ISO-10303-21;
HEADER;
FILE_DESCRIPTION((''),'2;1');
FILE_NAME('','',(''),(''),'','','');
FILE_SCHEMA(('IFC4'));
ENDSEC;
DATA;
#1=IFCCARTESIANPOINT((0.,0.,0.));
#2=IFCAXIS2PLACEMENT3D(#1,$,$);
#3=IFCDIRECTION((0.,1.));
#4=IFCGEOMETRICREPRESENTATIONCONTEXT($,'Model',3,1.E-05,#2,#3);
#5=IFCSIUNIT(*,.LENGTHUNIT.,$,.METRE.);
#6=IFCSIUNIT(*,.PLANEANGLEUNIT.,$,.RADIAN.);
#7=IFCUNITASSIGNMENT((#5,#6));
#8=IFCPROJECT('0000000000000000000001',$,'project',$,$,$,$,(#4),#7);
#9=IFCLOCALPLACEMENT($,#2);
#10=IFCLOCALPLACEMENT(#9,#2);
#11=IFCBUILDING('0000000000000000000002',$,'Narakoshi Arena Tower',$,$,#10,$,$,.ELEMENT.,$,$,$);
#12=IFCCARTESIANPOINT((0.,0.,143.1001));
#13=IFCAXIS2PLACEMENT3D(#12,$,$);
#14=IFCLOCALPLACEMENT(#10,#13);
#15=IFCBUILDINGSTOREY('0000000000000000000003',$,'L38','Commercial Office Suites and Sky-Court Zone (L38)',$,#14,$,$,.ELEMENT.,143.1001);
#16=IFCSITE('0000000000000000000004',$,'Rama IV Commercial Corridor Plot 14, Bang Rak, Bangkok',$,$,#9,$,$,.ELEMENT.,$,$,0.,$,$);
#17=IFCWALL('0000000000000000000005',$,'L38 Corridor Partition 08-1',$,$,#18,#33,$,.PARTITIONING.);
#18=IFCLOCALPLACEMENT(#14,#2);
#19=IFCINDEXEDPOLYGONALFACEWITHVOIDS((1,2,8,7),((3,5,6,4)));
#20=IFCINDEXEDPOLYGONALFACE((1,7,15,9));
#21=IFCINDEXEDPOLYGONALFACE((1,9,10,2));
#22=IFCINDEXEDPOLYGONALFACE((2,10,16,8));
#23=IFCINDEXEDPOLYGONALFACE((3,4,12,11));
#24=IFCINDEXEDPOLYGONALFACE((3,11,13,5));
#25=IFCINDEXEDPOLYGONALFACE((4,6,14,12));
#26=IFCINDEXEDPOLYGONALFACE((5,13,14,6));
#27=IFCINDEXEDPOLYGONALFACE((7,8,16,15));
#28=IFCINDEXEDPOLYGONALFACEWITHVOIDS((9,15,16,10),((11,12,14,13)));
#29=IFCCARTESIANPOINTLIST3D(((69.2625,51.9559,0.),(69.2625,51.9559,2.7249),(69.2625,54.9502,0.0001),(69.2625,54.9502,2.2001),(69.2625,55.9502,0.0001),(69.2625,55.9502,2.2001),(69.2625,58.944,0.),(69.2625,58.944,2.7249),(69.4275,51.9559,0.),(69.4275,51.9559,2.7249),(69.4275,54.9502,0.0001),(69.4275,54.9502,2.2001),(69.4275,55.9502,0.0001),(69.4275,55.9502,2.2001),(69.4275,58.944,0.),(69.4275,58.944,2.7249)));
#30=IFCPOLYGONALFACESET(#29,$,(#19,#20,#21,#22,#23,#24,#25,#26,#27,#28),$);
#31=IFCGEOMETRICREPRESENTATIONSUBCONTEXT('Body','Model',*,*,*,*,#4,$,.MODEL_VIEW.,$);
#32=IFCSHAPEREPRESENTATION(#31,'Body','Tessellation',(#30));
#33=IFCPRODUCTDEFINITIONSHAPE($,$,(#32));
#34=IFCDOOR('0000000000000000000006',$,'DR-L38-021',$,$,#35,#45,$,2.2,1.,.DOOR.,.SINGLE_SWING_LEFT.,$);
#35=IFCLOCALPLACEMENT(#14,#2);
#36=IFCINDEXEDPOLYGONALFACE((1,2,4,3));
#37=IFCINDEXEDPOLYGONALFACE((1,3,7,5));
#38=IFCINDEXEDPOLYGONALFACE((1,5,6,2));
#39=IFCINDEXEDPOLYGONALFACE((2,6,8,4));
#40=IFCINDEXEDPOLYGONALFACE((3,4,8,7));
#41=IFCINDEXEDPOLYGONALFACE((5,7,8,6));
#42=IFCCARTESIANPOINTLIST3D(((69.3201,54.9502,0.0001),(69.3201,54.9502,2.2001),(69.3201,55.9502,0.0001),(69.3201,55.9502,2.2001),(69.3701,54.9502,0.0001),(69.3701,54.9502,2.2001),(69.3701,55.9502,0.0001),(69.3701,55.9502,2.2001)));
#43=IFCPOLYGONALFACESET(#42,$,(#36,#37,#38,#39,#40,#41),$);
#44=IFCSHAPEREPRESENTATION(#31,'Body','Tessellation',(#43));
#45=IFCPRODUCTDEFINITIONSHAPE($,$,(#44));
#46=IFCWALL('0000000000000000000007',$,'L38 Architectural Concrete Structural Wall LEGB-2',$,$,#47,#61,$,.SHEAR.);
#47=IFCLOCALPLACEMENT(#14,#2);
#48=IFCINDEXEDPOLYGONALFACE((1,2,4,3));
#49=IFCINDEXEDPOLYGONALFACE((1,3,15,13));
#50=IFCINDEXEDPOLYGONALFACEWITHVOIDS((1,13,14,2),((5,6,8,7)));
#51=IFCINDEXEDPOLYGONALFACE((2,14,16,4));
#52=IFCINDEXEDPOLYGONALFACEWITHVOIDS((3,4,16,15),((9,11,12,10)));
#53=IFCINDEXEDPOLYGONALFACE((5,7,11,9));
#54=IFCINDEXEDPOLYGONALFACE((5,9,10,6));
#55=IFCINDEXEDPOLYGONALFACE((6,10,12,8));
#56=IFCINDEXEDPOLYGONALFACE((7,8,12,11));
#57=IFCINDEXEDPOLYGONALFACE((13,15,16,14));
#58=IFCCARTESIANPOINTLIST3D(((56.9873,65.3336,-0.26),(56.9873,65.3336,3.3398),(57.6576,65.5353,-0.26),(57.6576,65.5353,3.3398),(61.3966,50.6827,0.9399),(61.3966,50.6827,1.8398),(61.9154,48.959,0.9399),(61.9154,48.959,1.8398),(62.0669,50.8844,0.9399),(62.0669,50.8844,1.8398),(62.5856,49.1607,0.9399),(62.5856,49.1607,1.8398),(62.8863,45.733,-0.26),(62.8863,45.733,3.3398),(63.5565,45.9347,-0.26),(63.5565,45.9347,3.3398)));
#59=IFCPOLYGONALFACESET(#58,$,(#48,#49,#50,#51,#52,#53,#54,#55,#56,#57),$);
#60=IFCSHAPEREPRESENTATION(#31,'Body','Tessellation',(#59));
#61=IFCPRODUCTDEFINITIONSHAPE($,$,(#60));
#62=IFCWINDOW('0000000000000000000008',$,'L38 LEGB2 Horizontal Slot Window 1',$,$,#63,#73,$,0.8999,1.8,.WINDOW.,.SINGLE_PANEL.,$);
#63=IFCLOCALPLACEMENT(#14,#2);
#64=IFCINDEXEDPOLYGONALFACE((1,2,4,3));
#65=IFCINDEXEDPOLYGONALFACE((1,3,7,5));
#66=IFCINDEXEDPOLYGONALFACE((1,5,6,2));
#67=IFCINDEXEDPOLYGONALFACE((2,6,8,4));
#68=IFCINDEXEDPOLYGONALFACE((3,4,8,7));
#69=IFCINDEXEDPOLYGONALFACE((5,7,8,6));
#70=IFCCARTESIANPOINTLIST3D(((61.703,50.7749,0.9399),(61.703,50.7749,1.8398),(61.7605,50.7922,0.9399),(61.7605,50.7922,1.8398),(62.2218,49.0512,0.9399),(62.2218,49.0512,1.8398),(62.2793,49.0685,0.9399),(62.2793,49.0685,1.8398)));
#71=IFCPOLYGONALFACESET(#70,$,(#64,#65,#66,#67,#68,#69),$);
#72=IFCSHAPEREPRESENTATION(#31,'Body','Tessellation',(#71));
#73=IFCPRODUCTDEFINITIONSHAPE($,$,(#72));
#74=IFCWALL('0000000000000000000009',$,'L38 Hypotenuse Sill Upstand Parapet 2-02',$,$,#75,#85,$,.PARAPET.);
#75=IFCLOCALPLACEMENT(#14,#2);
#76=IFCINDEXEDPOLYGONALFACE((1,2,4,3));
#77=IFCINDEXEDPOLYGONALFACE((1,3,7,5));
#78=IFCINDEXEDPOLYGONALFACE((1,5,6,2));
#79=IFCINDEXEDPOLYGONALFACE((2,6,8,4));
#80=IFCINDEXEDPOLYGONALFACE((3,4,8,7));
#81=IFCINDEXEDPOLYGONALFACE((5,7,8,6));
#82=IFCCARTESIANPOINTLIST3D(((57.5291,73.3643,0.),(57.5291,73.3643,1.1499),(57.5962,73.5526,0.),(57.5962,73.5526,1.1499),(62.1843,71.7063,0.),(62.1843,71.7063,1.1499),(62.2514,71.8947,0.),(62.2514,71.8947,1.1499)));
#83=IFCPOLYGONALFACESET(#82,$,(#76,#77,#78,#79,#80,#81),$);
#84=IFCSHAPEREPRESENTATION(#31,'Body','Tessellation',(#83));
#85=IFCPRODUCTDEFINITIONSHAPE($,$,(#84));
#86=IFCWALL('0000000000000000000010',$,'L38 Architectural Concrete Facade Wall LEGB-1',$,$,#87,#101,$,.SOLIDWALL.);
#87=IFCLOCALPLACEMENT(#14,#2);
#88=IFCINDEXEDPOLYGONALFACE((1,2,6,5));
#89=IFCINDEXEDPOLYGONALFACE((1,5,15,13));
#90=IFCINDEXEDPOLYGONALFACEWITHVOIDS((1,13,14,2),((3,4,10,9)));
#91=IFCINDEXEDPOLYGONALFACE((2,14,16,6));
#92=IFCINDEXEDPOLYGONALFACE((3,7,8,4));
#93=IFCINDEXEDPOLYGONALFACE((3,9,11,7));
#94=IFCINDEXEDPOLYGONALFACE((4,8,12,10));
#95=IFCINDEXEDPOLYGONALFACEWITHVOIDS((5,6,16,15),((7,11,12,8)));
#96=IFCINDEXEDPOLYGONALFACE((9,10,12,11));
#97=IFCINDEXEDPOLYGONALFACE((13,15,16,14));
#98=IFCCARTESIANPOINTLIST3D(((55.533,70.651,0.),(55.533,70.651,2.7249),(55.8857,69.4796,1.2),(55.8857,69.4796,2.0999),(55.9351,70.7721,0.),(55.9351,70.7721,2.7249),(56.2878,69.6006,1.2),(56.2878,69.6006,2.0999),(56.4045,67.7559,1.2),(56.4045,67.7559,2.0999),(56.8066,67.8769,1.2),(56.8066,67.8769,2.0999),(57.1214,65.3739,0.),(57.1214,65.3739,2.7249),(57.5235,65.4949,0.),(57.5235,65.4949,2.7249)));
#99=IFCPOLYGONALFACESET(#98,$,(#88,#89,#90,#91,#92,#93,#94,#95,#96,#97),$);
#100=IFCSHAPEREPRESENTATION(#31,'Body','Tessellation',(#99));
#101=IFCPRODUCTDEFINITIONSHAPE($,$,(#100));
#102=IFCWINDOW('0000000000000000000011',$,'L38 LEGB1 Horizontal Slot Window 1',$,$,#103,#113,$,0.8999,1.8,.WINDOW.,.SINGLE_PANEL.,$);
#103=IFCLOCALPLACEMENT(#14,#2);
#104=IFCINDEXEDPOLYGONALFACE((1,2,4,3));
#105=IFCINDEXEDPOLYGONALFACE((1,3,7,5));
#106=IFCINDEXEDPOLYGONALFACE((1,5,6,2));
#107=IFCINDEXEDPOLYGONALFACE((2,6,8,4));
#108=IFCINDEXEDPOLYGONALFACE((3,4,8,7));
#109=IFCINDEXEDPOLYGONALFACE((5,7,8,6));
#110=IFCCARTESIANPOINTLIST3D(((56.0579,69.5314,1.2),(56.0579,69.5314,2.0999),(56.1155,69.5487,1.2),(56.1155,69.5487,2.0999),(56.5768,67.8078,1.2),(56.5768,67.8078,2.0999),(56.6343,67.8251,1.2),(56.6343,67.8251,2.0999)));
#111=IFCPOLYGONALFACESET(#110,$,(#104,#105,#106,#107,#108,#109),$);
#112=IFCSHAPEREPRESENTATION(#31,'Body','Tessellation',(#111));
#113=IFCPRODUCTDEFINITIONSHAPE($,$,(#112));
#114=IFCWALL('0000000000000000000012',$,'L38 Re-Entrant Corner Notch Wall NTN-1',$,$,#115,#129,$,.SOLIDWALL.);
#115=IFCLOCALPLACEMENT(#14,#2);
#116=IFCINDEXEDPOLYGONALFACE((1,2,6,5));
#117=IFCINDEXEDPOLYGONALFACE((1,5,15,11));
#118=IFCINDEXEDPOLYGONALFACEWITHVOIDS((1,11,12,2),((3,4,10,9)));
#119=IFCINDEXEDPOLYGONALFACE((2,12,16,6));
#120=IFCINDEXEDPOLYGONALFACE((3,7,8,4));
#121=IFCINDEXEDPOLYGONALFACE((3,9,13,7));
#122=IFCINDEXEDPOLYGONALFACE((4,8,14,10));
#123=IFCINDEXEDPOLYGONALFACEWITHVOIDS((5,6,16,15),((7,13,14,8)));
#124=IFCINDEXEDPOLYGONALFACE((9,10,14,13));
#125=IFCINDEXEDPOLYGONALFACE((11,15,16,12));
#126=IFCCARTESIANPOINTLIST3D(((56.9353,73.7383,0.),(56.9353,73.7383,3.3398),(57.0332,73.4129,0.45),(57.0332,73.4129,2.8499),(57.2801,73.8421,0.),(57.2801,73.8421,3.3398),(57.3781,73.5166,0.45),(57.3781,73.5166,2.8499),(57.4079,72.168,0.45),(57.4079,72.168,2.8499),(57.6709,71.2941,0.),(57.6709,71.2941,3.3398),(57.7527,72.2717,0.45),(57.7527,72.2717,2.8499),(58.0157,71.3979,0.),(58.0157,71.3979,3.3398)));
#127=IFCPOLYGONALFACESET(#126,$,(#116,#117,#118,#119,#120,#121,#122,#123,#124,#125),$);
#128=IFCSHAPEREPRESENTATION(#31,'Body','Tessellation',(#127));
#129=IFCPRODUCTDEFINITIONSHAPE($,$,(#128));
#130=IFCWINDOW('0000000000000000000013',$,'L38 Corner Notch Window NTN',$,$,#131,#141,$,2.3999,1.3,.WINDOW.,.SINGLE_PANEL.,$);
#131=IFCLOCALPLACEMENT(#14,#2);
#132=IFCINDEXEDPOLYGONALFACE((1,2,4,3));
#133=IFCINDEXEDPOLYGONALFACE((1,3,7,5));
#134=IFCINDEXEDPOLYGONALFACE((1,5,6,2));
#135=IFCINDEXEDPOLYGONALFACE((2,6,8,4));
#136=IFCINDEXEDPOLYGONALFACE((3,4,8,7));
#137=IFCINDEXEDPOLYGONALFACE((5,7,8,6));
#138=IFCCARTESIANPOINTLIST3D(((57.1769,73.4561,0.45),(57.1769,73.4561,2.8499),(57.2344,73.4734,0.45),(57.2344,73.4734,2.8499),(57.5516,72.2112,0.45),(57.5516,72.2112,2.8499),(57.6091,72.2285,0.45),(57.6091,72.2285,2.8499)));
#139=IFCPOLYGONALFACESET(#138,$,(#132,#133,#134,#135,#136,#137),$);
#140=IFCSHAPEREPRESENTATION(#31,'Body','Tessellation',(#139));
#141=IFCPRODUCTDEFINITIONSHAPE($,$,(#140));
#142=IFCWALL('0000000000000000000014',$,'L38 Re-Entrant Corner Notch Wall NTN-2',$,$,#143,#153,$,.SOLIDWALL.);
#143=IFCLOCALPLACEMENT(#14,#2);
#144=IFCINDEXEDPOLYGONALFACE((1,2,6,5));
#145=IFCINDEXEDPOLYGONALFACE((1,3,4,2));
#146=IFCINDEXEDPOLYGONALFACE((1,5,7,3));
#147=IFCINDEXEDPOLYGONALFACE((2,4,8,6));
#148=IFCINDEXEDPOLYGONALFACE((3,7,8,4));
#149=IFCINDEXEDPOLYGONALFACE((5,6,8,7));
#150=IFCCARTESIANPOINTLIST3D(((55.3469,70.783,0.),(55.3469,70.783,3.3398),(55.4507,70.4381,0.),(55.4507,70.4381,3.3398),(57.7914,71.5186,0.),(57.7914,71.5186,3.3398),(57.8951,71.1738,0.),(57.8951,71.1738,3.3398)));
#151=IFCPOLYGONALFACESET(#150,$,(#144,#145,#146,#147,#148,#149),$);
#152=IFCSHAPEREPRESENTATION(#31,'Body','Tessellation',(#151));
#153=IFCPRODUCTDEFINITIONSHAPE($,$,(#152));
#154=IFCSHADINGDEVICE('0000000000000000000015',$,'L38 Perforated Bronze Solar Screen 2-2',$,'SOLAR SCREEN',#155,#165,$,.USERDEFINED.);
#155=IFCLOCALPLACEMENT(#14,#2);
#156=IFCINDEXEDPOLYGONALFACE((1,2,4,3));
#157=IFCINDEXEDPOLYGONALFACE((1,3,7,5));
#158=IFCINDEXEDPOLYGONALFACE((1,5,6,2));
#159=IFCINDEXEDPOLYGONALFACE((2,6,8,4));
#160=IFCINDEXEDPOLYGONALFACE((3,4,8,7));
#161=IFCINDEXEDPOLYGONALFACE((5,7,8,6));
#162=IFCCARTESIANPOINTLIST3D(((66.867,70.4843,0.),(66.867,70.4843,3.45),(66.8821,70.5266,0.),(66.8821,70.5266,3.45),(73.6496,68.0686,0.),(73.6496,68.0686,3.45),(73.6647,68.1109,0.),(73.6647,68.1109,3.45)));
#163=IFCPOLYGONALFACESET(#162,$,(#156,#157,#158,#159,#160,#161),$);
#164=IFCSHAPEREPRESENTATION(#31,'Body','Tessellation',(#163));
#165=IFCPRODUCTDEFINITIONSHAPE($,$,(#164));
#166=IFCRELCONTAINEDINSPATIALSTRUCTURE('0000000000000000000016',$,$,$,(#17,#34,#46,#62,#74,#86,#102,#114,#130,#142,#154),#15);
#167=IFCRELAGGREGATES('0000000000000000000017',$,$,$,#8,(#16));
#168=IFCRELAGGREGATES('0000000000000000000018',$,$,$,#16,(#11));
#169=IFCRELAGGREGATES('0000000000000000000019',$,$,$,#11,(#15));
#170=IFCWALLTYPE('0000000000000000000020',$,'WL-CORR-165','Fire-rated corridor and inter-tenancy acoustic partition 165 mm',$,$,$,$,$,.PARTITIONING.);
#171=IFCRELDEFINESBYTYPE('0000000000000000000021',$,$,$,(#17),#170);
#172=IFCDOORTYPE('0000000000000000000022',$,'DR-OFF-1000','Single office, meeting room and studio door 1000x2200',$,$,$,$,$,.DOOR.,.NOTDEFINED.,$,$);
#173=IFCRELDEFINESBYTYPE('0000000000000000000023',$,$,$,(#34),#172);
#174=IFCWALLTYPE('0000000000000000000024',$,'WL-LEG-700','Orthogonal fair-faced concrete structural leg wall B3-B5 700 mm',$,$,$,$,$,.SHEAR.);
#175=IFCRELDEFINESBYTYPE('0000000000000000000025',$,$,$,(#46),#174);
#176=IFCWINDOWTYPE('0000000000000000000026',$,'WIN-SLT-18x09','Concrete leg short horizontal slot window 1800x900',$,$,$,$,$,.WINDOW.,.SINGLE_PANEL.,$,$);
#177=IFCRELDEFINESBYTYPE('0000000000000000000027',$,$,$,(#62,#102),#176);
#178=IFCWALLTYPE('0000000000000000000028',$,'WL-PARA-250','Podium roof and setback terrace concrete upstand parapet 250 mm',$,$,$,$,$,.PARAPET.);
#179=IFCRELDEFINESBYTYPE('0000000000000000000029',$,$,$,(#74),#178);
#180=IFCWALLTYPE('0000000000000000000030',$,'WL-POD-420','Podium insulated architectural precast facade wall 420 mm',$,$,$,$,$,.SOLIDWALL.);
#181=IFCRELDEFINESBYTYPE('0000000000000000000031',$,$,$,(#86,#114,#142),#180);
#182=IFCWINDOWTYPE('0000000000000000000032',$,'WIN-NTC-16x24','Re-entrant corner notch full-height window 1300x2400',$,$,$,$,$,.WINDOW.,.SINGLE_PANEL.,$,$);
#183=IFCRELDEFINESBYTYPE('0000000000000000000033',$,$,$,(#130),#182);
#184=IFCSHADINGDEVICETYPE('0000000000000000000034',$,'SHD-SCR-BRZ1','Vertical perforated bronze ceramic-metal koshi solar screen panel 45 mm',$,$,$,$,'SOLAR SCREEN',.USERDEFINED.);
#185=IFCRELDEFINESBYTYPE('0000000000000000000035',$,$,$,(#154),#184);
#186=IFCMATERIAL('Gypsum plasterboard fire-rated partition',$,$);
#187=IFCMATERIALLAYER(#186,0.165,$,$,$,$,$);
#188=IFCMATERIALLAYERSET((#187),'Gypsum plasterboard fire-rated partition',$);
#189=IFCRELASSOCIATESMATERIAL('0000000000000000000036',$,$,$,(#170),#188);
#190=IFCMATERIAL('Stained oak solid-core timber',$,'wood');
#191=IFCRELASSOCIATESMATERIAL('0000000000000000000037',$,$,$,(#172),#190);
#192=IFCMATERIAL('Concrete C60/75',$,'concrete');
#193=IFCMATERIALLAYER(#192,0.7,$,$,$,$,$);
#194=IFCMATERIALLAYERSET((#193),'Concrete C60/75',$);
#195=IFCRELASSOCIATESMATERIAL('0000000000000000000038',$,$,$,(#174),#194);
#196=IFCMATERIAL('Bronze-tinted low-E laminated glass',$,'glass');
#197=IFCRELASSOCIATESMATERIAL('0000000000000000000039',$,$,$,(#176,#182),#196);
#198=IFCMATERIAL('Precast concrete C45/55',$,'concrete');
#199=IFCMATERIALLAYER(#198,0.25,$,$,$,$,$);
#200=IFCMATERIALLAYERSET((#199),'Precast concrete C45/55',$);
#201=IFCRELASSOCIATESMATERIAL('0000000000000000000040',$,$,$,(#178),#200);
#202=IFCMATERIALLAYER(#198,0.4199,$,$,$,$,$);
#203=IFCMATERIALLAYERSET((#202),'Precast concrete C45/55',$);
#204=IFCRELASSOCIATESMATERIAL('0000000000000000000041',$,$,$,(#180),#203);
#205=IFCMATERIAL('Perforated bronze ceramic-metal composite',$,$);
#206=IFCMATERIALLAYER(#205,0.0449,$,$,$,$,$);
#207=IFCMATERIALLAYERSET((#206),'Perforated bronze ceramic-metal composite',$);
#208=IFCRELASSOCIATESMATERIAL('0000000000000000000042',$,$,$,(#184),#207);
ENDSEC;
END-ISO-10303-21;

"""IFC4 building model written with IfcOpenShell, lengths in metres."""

from ifc_helpers import new_model, si_unit, direction, frame, frame_2d, origin, origin_2d, place, context, subcontext, project, spatial, rectangle, extrude, material, layer, layer_set, type_object, element, fill, save


model = new_model("IFC4")

# Units and contexts
model_context = context("Model", 3, precision=1e-05, world=origin(), true_north=direction((0.0, 1.0)))
body_context = subcontext(model_context, "Body", "Model", "MODEL_VIEW")
ifc_project = project(units=[si_unit("LENGTHUNIT", "METRE"), si_unit("PLANEANGLEUNIT", "RADIAN")], contexts=[model_context])

# Site, building, storey
site_placement = place(None, origin())
site = spatial("IfcSite", under=ifc_project, at=site_placement, Name="Rama IV Commercial Corridor Plot 14, Bang Rak, Bangkok", CompositionType="ELEMENT", RefElevation=0.0)
building_placement = place(site_placement, origin())
building = spatial("IfcBuilding", under=site, at=building_placement, Name="Narakoshi Arena Tower", CompositionType="ELEMENT")
storey_placement = place(building_placement, frame((0.0, 0.0, 143.1001)))
storey = spatial("IfcBuildingStorey", under=building, at=storey_placement, Name="L38", Description="Commercial Office Suites and Sky-Court Zone (L38)", CompositionType="ELEMENT", Elevation=143.1001)

# Shared definitions
ifc_material_1 = material(Name="Concrete C60/75", Category="concrete")

# Shared definitions
ifc_material_2 = material(Name="Bronze-tinted low-E laminated glass", Category="glass")

# Wall, opening, door
ifc_material_3 = material(Name="Gypsum plasterboard fire-rated partition")
ifc_layer_1 = layer(ifc_material_3, 0.165)
ifc_layer_set_1 = layer_set([ifc_layer_1], Name="Gypsum plasterboard fire-rated partition")
wall_type_1 = type_object("IfcWallType", Name="WL-CORR-165", Description="Fire-rated corridor and inter-tenancy acoustic partition 165 mm", PredefinedType="PARTITIONING", material=ifc_layer_set_1)
wall_1_placement = place(storey_placement, frame((69.345, 58.9441, 0.0), z_axis=(0.0, 0.0, 1.0), x_axis=(0.0, -1.0, 0.0)))
wall_1 = element("IfcWall", 1, at=wall_1_placement, inside=storey, type_object=wall_type_1, Name="L38 Corridor Partition 08-1", PredefinedType="PARTITIONING", context=body_context, shape_type="SweptSolid", body=[
    extrude(rectangle(XDim=6.988, YDim=0.165, at=frame_2d((3.4941, 0.0))), origin(), (0.0, 0.0, 1.0), 2.7249),
])
opening_1_placement = place(wall_1_placement, frame((2.9939, 0.0, 0.0)))
opening_1 = element("IfcOpeningElement", 2, at=opening_1_placement, cuts=wall_1, PredefinedType="OPENING", context=body_context, shape_type="SweptSolid", body=[
    extrude(rectangle(XDim=1.0, YDim=2.2, at=frame_2d((0.5, 1.1001))), frame((0.0, 0.0925, 0.0), z_axis=(0.0, -1.0, 0.0), x_axis=(1.0, 0.0, 0.0)), (0.0, 0.0, 1.0), 0.1851),
])
ifc_material_4 = material(Name="Stained oak solid-core timber", Category="wood")
door_type = type_object("IfcDoorType", Name="DR-OFF-1000", Description="Single office, meeting room and studio door 1000x2200", OperationType="NOTDEFINED", PredefinedType="DOOR", material=ifc_material_4)
door_placement = place(opening_1_placement, frame((1.0, 0.0, 0.0), z_axis=(0.0, 0.0, 1.0), x_axis=(-1.0, 0.0, 0.0)))
door = element("IfcDoor", 3, at=door_placement, inside=storey, type_object=door_type, Name="DR-L38-021", OperationType="SINGLE_SWING_LEFT", OverallHeight=2.2, OverallWidth=1.0, PredefinedType="DOOR", context=body_context, shape_type="SweptSolid", body=[
    extrude(rectangle(XDim=1.0, YDim=2.2, at=frame_2d((0.5, 1.1001))), frame((0.0, 0.0249, 0.0), z_axis=(0.0, -1.0, 0.0), x_axis=(1.0, 0.0, 0.0)), (0.0, 0.0, 1.0), 0.05),
])
fill(opening_1, door)

# Wall, opening, window
ifc_layer_2 = layer(ifc_material_1, 0.7)
ifc_layer_set_2 = layer_set([ifc_layer_2], Name="Concrete C60/75")
wall_type_2 = type_object("IfcWallType", Name="WL-LEG-700", Description="Orthogonal fair-faced concrete structural leg wall B3-B5 700 mm", PredefinedType="SHEAR", material=ifc_layer_set_2)
wall_2_placement = place(storey_placement, frame((57.3225, 65.4343, -0.26), z_axis=(0.0, 0.0, 1.0), x_axis=(0.288188, -0.957574, 0.0)))
wall_2 = element("IfcWall", 4, at=wall_2_placement, inside=storey, type_object=wall_type_2, Name="L38 Architectural Concrete Structural Wall LEGB-2", PredefinedType="SHEAR", context=body_context, shape_type="SweptSolid", body=[
    extrude(rectangle(XDim=20.469, YDim=0.7, at=frame_2d((10.2344, 0.0))), origin(), (0.0, 0.0, 1.0), 3.5999),
])
opening_2_placement = place(wall_2_placement, frame((15.3, 0.0, 1.2)))
opening_2 = element("IfcOpeningElement", 5, at=opening_2_placement, cuts=wall_2, PredefinedType="OPENING", context=body_context, shape_type="SweptSolid", body=[
    extrude(rectangle(XDim=1.8, YDim=0.8999, at=frame_2d((0.8999, 0.45))), frame((0.0, 0.3599, 0.0), z_axis=(0.0, -1.0, 0.0), x_axis=(1.0, 0.0, 0.0)), (0.0, 0.0, 1.0), 0.72),
])
window_type_1 = type_object("IfcWindowType", Name="WIN-SLT-18x09", Description="Concrete leg short horizontal slot window 1800x900", PartitioningType="SINGLE_PANEL", PredefinedType="WINDOW", material=ifc_material_2)
window_1_placement = place(opening_2_placement, origin())
window_1 = element("IfcWindow", 6, at=window_1_placement, inside=storey, type_object=window_type_1, Name="L38 LEGB2 Horizontal Slot Window 1", OverallHeight=0.8999, OverallWidth=1.8, PartitioningType="SINGLE_PANEL", PredefinedType="WINDOW", context=body_context, shape_type="SweptSolid", body=[
    extrude(rectangle(XDim=1.8, YDim=0.8999, at=frame_2d((0.8999, 0.45))), frame((0.0, 0.03, 0.0), z_axis=(0.0, -1.0, 0.0), x_axis=(1.0, 0.0, 0.0)), (0.0, 0.0, 1.0), 0.0601),
])
fill(opening_2, window_1)

# Wall
ifc_material_5 = material(Name="Precast concrete C45/55", Category="concrete")
ifc_layer_3 = layer(ifc_material_5, 0.25)
ifc_layer_set_3 = layer_set([ifc_layer_3], Name="Precast concrete C45/55")
wall_type_3 = type_object("IfcWallType", Name="WL-PARA-250", Description="Podium roof and setback terrace concrete upstand parapet 250 mm", PredefinedType="PARAPET", material=ifc_layer_set_3)
wall_3_placement = place(storey_placement, frame((62.2178, 71.8005, 0.0), z_axis=(0.0, 0.0, 1.0), x_axis=(-0.942039, 0.335504, 0.0)))
element("IfcWall", 7, at=wall_3_placement, inside=storey, type_object=wall_type_3, Name="L38 Hypotenuse Sill Upstand Parapet 2-02", PredefinedType="PARAPET", context=body_context, shape_type="SweptSolid", body=[
    extrude(rectangle(XDim=4.9417, YDim=0.2, at=frame_2d((2.4707, 0.0))), origin(), (0.0, 0.0, 1.0), 1.1499),
])

# Walls, openings, windows
ifc_layer_4 = layer(ifc_material_5, 0.4199)
ifc_layer_set_4 = layer_set([ifc_layer_4], Name="Precast concrete C45/55")
wall_type_4 = type_object("IfcWallType", Name="WL-POD-420", Description="Podium insulated architectural precast facade wall 420 mm", PredefinedType="SOLIDWALL", material=ifc_layer_set_4)
wall_4_placement = place(storey_placement, frame((55.7341, 70.7114, 0.0), z_axis=(0.0, 0.0, 1.0), x_axis=(0.288222, -0.957564, 0.0)))
wall_4 = element("IfcWall", 8, at=wall_4_placement, inside=storey, type_object=wall_type_4, Name="L38 Architectural Concrete Facade Wall LEGB-1", PredefinedType="SOLIDWALL", context=body_context, shape_type="SweptSolid", body=[
    extrude(rectangle(XDim=5.511, YDim=0.4199, at=frame_2d((2.7554, 0.0))), origin(), (0.0, 0.0, 1.0), 2.7249),
])
opening_3_placement = place(wall_4_placement, frame((1.2234, 0.0, 1.2)))
opening_3 = element("IfcOpeningElement", 9, at=opening_3_placement, cuts=wall_4, PredefinedType="OPENING", context=body_context, shape_type="SweptSolid", body=[
    extrude(rectangle(XDim=1.8, YDim=0.8999, at=frame_2d((0.8999, 0.45))), frame((0.0, 0.22, 0.0), z_axis=(0.0, -1.0, 0.0), x_axis=(1.0, 0.0, 0.0)), (0.0, 0.0, 1.0), 0.4399),
])
window_2_placement = place(opening_3_placement, origin())
window_2 = element("IfcWindow", 10, at=window_2_placement, inside=storey, type_object=window_type_1, Name="L38 LEGB1 Horizontal Slot Window 1", OverallHeight=0.8999, OverallWidth=1.8, PartitioningType="SINGLE_PANEL", PredefinedType="WINDOW", context=body_context, shape_type="SweptSolid", body=[
    extrude(rectangle(XDim=1.8, YDim=0.8999, at=frame_2d((0.8999, 0.45))), frame((0.0, 0.03, 0.0), z_axis=(0.0, -1.0, 0.0), x_axis=(1.0, 0.0, 0.0)), (0.0, 0.0, 1.0), 0.0601),
])
fill(opening_3, window_2)
wall_5_placement = place(storey_placement, frame((57.1077, 73.7903, 0.0), z_axis=(0.0, 0.0, 1.0), x_axis=(0.288199, -0.957571, 0.0)))
wall_5 = element("IfcWall", 11, at=wall_5_placement, inside=storey, type_object=wall_type_4, Name="L38 Re-Entrant Corner Notch Wall NTN-1", PredefinedType="SOLIDWALL", context=body_context, shape_type="SweptSolid", body=[
    extrude(rectangle(XDim=2.5525, YDim=0.3601, at=frame_2d((1.2764, 0.0))), origin(), (0.0, 0.0, 1.0), 3.3398),
])
opening_4_placement = place(wall_5_placement, frame((0.3401, 0.0, 0.45)))
opening_4 = element("IfcOpeningElement", 12, at=opening_4_placement, cuts=wall_5, PredefinedType="OPENING", context=body_context, shape_type="SweptSolid", body=[
    extrude(rectangle(XDim=1.3, YDim=2.3999, at=frame_2d((0.6499, 1.2))), frame((0.0, 0.1899, 0.0), z_axis=(0.0, -1.0, 0.0), x_axis=(1.0, 0.0, 0.0)), (0.0, 0.0, 1.0), 0.3801),
])
window_type_2 = type_object("IfcWindowType", Name="WIN-NTC-16x24", Description="Re-entrant corner notch full-height window 1300x2400", PartitioningType="SINGLE_PANEL", PredefinedType="WINDOW", material=ifc_material_2)
window_3_placement = place(opening_4_placement, origin())
window_3 = element("IfcWindow", 13, at=window_3_placement, inside=storey, type_object=window_type_2, Name="L38 Corner Notch Window NTN", OverallHeight=2.3999, OverallWidth=1.3, PartitioningType="SINGLE_PANEL", PredefinedType="WINDOW", context=body_context, shape_type="SweptSolid", body=[
    extrude(rectangle(XDim=1.3, YDim=2.3999, at=frame_2d((0.6499, 1.2))), frame((0.0, 0.03, 0.0), z_axis=(0.0, -1.0, 0.0), x_axis=(1.0, 0.0, 0.0)), (0.0, 0.0, 1.0), 0.0601),
])
fill(opening_4, window_3)

# Wall
wall_6_placement = place(storey_placement, frame((57.8433, 71.3462, 0.0), z_axis=(0.0, 0.0, 1.0), x_axis=(-0.957578, -0.288173, 0.0)))
element("IfcWall", 14, at=wall_6_placement, inside=storey, type_object=wall_type_4, Name="L38 Re-Entrant Corner Notch Wall NTN-2", PredefinedType="SOLIDWALL", context=body_context, shape_type="SweptSolid", body=[
    extrude(rectangle(XDim=2.5527, YDim=0.3601, at=frame_2d((1.2764, 0.0))), origin(), (0.0, 0.0, 1.0), 3.3398),
])

# Shading device
ifc_material_6 = material(Name="Perforated bronze ceramic-metal composite")
ifc_layer_5 = layer(ifc_material_6, 0.0449)
ifc_layer_set_5 = layer_set([ifc_layer_5], Name="Perforated bronze ceramic-metal composite")
shading_device_type = type_object("IfcShadingDeviceType", Name="SHD-SCR-BRZ1", Description="Vertical perforated bronze ceramic-metal koshi solar screen panel 45 mm", ElementType="SOLAR SCREEN", PredefinedType="USERDEFINED", material=ifc_layer_set_5)
shading_device_placement = place(storey_placement, frame((70.2659, 69.2976, 0.0), z_axis=(0.0, 0.0, 1.0), x_axis=(-0.942034, 0.335517, 0.0)))
element("IfcShadingDevice", 15, at=shading_device_placement, inside=storey, type_object=shading_device_type, Name="L38 Perforated Bronze Solar Screen 2-2", ObjectType="SOLAR SCREEN", PredefinedType="USERDEFINED", context=body_context, shape_type="SweptSolid", body=[
    extrude(rectangle(XDim=7.2, YDim=0.0449, at=origin_2d()), origin(), (0.0, 0.0, 1.0), 3.45),
])

save(model, "model.ifc")
